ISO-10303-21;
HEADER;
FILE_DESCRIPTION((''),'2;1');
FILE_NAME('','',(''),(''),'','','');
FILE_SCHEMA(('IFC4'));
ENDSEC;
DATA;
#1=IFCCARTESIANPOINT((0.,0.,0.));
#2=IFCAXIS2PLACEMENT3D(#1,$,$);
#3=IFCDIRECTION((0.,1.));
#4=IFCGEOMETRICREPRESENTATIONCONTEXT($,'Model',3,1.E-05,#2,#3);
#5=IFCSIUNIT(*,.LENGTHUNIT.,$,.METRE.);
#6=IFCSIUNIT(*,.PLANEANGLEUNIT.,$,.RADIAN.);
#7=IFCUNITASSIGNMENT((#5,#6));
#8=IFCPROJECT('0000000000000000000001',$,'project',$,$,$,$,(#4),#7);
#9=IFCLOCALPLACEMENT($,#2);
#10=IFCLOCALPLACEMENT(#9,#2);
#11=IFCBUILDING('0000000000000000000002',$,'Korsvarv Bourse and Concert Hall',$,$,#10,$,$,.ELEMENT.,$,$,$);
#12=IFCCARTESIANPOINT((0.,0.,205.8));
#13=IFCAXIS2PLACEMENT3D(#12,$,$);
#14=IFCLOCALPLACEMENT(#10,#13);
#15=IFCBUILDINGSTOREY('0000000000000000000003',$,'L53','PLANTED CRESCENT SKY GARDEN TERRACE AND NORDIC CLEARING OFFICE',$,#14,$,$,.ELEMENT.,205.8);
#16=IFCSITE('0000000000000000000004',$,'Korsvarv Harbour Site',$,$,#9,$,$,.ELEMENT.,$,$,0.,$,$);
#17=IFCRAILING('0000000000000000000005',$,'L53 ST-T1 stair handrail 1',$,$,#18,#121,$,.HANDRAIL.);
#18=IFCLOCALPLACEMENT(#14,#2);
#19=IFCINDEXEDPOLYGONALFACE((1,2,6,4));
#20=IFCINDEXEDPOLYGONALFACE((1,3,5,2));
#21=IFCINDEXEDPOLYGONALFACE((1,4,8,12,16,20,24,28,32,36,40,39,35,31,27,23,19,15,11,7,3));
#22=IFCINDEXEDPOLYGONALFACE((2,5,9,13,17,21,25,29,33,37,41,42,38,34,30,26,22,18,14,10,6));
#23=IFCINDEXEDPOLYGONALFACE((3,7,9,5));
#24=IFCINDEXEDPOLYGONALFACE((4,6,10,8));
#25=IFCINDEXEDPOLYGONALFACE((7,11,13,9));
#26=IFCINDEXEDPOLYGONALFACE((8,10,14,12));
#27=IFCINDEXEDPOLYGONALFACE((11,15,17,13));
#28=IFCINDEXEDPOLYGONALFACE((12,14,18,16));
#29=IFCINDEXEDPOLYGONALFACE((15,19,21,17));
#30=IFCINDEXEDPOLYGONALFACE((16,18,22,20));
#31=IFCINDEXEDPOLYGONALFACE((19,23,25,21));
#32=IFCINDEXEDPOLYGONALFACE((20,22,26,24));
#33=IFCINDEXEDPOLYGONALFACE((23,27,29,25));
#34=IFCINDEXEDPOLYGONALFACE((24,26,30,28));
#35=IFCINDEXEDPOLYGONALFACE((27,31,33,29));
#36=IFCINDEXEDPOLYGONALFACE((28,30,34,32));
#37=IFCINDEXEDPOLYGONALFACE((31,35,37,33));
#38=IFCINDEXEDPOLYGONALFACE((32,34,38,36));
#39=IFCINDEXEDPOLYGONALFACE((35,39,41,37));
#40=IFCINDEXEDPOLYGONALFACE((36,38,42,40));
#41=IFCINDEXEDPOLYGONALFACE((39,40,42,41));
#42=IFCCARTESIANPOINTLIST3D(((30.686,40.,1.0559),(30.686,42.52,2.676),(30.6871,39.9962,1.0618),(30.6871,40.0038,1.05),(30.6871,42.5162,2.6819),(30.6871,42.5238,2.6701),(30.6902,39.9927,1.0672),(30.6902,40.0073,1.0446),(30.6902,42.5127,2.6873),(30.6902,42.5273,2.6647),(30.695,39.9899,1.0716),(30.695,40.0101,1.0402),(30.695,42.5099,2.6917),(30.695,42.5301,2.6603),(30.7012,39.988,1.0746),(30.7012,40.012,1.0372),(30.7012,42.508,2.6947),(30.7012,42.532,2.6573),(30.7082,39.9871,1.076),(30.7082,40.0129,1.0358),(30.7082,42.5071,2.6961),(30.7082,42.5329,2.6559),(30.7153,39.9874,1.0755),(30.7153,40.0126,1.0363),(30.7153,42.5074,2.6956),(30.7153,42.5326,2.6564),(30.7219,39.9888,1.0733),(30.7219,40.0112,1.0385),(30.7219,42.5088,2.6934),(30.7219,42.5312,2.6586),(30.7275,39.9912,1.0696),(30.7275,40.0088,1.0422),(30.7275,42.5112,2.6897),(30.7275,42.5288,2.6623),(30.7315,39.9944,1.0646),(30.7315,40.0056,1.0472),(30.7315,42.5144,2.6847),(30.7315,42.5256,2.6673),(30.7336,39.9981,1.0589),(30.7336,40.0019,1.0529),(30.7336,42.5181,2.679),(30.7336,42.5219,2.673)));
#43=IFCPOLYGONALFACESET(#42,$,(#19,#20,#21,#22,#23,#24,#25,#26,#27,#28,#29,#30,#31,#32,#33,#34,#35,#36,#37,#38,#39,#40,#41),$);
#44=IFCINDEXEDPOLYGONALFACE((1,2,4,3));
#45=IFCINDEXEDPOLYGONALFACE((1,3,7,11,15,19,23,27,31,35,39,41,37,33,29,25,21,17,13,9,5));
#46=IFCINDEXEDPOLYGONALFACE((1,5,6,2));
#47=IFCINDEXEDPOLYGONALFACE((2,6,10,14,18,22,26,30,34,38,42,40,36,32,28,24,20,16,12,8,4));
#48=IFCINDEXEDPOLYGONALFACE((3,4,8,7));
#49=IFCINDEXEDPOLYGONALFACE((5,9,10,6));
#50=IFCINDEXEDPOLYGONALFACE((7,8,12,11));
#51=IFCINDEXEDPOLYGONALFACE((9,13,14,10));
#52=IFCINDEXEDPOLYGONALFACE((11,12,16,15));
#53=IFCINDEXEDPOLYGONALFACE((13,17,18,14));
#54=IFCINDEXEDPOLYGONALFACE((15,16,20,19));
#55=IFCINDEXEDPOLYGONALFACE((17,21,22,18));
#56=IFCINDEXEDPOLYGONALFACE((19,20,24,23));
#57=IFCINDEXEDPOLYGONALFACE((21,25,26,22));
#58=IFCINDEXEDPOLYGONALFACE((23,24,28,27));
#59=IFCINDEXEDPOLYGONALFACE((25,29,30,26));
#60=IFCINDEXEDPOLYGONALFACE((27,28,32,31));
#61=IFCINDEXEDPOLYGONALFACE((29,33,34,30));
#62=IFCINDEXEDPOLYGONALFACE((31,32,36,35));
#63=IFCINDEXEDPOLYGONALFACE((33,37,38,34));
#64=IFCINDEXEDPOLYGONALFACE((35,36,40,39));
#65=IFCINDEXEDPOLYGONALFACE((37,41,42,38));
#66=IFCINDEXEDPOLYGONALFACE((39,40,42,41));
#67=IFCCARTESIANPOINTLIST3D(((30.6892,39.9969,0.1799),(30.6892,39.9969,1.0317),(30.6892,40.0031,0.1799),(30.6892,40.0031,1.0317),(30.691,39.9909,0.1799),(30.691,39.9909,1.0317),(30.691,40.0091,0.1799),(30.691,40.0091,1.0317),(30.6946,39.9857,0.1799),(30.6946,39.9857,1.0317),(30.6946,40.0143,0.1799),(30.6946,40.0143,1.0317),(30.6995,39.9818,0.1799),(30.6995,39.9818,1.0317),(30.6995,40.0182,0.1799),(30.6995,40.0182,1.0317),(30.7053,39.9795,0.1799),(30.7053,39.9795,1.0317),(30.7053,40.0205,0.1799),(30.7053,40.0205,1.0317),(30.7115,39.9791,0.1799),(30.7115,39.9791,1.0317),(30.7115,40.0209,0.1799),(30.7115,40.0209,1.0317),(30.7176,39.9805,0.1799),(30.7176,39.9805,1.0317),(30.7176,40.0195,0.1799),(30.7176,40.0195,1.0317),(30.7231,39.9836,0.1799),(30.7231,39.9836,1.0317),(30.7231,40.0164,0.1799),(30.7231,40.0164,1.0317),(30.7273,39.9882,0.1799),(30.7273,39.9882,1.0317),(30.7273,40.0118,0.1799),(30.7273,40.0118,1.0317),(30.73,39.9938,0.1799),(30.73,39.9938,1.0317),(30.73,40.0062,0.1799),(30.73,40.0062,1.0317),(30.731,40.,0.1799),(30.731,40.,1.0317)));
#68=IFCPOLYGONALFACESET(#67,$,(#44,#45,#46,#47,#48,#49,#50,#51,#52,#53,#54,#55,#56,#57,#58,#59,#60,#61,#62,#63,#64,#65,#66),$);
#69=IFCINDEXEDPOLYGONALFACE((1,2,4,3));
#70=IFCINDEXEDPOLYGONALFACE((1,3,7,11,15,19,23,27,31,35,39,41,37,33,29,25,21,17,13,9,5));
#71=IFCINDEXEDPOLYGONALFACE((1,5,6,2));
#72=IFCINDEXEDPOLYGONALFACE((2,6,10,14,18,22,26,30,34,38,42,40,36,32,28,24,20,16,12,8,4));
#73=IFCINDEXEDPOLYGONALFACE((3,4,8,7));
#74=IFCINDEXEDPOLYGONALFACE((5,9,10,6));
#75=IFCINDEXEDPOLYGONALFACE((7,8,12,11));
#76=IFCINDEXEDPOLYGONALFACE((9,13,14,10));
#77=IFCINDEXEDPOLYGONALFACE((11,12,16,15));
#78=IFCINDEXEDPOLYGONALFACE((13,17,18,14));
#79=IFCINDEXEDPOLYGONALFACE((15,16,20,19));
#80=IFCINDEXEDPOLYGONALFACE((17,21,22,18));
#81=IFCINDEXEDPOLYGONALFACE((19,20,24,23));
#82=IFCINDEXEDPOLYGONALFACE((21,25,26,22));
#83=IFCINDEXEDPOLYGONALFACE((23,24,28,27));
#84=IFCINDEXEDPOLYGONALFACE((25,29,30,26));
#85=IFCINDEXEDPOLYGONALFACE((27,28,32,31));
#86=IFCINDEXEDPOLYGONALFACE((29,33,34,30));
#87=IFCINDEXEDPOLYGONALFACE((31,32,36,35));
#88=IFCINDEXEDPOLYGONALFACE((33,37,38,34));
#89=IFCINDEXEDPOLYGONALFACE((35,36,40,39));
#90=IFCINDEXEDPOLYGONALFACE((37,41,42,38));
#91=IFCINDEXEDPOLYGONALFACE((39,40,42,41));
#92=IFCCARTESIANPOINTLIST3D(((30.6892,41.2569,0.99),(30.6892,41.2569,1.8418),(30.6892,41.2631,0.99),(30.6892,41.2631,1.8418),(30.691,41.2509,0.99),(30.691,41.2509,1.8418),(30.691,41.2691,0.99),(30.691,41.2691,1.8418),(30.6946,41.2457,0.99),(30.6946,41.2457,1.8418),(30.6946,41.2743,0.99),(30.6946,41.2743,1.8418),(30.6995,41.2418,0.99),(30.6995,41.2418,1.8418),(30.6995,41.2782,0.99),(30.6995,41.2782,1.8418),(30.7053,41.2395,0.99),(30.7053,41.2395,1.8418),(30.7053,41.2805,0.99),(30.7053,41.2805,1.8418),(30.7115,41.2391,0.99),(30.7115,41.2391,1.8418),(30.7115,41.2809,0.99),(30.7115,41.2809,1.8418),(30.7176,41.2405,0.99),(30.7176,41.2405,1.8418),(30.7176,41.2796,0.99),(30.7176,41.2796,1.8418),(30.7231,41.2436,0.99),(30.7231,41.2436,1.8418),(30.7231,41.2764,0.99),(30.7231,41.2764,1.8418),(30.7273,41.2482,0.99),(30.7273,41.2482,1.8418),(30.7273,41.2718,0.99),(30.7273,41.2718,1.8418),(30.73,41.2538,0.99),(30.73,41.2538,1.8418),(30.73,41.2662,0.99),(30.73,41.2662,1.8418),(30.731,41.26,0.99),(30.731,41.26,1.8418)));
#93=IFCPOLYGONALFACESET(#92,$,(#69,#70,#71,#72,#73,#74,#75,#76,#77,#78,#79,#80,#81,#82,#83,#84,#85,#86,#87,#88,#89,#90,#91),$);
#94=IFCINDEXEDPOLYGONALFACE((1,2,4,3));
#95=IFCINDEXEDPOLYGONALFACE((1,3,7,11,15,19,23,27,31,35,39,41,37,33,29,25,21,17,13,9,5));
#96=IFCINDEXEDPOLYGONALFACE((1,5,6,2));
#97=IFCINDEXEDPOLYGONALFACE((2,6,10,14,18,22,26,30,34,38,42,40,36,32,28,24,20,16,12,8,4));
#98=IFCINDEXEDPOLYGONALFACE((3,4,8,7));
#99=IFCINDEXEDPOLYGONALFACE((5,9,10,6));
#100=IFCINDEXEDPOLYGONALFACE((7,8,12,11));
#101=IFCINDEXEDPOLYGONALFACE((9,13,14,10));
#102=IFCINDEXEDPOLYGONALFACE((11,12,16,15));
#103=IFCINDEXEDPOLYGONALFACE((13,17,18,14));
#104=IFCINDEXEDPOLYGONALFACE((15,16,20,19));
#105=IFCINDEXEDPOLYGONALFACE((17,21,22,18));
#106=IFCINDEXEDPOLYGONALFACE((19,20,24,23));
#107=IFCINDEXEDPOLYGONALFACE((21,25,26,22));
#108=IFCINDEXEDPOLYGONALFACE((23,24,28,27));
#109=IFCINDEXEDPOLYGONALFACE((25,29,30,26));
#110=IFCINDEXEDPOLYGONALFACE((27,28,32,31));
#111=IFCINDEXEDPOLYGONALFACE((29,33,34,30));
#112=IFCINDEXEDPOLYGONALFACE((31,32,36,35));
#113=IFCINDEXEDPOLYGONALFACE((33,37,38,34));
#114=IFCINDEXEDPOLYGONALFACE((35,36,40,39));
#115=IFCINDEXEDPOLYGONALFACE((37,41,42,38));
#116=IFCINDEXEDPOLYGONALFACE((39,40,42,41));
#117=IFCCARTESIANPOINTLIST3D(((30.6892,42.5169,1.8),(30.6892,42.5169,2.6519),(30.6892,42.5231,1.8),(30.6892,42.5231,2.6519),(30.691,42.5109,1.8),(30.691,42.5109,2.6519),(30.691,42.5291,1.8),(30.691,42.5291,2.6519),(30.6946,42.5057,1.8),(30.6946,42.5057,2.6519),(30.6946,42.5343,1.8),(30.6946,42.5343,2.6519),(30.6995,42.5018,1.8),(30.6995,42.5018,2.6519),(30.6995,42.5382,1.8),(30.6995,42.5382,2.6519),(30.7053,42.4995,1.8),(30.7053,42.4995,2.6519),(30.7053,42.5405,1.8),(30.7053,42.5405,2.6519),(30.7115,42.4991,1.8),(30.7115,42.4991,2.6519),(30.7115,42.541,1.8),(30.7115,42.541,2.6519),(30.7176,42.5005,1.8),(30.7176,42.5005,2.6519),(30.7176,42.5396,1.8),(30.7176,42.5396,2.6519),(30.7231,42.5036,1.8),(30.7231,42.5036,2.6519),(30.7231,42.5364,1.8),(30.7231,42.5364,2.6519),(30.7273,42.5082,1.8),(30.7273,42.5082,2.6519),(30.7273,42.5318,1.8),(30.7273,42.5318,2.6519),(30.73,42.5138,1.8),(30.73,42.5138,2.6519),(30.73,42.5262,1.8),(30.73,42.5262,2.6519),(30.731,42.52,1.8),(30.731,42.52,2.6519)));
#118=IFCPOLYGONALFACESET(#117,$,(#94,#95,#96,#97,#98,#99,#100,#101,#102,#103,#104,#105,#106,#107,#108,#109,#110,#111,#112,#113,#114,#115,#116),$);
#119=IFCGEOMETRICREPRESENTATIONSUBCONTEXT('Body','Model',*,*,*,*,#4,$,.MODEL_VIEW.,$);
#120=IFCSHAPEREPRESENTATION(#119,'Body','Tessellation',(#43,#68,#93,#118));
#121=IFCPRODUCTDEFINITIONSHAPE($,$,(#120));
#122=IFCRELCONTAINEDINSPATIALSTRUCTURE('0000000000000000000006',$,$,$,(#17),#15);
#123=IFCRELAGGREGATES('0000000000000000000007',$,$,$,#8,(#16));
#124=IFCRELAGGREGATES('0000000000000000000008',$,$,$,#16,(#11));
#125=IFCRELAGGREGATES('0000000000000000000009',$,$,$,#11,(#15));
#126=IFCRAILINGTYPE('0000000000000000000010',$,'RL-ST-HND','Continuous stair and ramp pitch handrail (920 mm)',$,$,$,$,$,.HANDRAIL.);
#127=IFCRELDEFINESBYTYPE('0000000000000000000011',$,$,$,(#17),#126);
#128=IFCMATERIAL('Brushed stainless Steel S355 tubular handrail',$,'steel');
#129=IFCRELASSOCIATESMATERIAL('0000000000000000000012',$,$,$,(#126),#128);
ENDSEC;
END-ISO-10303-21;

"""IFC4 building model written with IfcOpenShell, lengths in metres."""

from ifc_helpers import new_model, si_unit, direction, frame, origin, origin_2d, place, context, subcontext, project, spatial, circle, extrude, material, type_object, element, save


model = new_model("IFC4")

# Units and contexts
model_context = context("Model", 3, precision=1e-05, world=origin(), true_north=direction((0.0, 1.0)))
body_context = subcontext(model_context, "Body", "Model", "MODEL_VIEW")
ifc_project = project(units=[si_unit("LENGTHUNIT", "METRE"), si_unit("PLANEANGLEUNIT", "RADIAN")], contexts=[model_context])

# Site, building, storey
site_placement = place(None, origin())
site = spatial("IfcSite", under=ifc_project, at=site_placement, Name="Korsvarv Harbour Site", CompositionType="ELEMENT", RefElevation=0.0)
building_placement = place(site_placement, origin())
building = spatial("IfcBuilding", under=site, at=building_placement, Name="Korsvarv Bourse and Concert Hall", CompositionType="ELEMENT")
storey_placement = place(building_placement, frame((0.0, 0.0, 205.8)))
storey = spatial("IfcBuildingStorey", under=building, at=storey_placement, Name="L53", Description="PLANTED CRESCENT SKY GARDEN TERRACE AND NORDIC CLEARING OFFICE", CompositionType="ELEMENT", Elevation=205.8)

# Railing
ifc_material_1 = material(Name="Brushed stainless Steel S355 tubular handrail", Category="steel")
railing_type_1 = type_object("IfcRailingType", Name="RL-ST-HND", Description="Continuous stair and ramp pitch handrail (920 mm)", PredefinedType="HANDRAIL", material=ifc_material_1)
railing_1_placement = place(storey_placement, frame((30.71, 40.0, 0.1799)))
element("IfcRailing", 1, at=railing_1_placement, inside=storey, type_object=railing_type_1, Name="L53 ST-T1 stair handrail 1", PredefinedType="HANDRAIL", context=body_context, shape_type="SweptSolid", body=[
    extrude(circle(Radius=0.0239, at=origin_2d()), frame((0.0, 0.0, 0.876), z_axis=(0.0, 0.841163, 0.540782), x_axis=(-1.0, 0.0, 0.0)), (0.0, 0.0, 1.0), 2.9958),
    extrude(circle(Radius=0.021, at=origin_2d()), origin(), (0.0, 0.0, 1.0), 0.8518),
    extrude(circle(Radius=0.021, at=origin_2d()), frame((0.0, 1.26, 0.8101)), (0.0, 0.0, 1.0), 0.8518),
    extrude(circle(Radius=0.021, at=origin_2d()), frame((0.0, 2.52, 1.6201)), (0.0, 0.0, 1.0), 0.8518),
])

save(model, "model.ifc")
